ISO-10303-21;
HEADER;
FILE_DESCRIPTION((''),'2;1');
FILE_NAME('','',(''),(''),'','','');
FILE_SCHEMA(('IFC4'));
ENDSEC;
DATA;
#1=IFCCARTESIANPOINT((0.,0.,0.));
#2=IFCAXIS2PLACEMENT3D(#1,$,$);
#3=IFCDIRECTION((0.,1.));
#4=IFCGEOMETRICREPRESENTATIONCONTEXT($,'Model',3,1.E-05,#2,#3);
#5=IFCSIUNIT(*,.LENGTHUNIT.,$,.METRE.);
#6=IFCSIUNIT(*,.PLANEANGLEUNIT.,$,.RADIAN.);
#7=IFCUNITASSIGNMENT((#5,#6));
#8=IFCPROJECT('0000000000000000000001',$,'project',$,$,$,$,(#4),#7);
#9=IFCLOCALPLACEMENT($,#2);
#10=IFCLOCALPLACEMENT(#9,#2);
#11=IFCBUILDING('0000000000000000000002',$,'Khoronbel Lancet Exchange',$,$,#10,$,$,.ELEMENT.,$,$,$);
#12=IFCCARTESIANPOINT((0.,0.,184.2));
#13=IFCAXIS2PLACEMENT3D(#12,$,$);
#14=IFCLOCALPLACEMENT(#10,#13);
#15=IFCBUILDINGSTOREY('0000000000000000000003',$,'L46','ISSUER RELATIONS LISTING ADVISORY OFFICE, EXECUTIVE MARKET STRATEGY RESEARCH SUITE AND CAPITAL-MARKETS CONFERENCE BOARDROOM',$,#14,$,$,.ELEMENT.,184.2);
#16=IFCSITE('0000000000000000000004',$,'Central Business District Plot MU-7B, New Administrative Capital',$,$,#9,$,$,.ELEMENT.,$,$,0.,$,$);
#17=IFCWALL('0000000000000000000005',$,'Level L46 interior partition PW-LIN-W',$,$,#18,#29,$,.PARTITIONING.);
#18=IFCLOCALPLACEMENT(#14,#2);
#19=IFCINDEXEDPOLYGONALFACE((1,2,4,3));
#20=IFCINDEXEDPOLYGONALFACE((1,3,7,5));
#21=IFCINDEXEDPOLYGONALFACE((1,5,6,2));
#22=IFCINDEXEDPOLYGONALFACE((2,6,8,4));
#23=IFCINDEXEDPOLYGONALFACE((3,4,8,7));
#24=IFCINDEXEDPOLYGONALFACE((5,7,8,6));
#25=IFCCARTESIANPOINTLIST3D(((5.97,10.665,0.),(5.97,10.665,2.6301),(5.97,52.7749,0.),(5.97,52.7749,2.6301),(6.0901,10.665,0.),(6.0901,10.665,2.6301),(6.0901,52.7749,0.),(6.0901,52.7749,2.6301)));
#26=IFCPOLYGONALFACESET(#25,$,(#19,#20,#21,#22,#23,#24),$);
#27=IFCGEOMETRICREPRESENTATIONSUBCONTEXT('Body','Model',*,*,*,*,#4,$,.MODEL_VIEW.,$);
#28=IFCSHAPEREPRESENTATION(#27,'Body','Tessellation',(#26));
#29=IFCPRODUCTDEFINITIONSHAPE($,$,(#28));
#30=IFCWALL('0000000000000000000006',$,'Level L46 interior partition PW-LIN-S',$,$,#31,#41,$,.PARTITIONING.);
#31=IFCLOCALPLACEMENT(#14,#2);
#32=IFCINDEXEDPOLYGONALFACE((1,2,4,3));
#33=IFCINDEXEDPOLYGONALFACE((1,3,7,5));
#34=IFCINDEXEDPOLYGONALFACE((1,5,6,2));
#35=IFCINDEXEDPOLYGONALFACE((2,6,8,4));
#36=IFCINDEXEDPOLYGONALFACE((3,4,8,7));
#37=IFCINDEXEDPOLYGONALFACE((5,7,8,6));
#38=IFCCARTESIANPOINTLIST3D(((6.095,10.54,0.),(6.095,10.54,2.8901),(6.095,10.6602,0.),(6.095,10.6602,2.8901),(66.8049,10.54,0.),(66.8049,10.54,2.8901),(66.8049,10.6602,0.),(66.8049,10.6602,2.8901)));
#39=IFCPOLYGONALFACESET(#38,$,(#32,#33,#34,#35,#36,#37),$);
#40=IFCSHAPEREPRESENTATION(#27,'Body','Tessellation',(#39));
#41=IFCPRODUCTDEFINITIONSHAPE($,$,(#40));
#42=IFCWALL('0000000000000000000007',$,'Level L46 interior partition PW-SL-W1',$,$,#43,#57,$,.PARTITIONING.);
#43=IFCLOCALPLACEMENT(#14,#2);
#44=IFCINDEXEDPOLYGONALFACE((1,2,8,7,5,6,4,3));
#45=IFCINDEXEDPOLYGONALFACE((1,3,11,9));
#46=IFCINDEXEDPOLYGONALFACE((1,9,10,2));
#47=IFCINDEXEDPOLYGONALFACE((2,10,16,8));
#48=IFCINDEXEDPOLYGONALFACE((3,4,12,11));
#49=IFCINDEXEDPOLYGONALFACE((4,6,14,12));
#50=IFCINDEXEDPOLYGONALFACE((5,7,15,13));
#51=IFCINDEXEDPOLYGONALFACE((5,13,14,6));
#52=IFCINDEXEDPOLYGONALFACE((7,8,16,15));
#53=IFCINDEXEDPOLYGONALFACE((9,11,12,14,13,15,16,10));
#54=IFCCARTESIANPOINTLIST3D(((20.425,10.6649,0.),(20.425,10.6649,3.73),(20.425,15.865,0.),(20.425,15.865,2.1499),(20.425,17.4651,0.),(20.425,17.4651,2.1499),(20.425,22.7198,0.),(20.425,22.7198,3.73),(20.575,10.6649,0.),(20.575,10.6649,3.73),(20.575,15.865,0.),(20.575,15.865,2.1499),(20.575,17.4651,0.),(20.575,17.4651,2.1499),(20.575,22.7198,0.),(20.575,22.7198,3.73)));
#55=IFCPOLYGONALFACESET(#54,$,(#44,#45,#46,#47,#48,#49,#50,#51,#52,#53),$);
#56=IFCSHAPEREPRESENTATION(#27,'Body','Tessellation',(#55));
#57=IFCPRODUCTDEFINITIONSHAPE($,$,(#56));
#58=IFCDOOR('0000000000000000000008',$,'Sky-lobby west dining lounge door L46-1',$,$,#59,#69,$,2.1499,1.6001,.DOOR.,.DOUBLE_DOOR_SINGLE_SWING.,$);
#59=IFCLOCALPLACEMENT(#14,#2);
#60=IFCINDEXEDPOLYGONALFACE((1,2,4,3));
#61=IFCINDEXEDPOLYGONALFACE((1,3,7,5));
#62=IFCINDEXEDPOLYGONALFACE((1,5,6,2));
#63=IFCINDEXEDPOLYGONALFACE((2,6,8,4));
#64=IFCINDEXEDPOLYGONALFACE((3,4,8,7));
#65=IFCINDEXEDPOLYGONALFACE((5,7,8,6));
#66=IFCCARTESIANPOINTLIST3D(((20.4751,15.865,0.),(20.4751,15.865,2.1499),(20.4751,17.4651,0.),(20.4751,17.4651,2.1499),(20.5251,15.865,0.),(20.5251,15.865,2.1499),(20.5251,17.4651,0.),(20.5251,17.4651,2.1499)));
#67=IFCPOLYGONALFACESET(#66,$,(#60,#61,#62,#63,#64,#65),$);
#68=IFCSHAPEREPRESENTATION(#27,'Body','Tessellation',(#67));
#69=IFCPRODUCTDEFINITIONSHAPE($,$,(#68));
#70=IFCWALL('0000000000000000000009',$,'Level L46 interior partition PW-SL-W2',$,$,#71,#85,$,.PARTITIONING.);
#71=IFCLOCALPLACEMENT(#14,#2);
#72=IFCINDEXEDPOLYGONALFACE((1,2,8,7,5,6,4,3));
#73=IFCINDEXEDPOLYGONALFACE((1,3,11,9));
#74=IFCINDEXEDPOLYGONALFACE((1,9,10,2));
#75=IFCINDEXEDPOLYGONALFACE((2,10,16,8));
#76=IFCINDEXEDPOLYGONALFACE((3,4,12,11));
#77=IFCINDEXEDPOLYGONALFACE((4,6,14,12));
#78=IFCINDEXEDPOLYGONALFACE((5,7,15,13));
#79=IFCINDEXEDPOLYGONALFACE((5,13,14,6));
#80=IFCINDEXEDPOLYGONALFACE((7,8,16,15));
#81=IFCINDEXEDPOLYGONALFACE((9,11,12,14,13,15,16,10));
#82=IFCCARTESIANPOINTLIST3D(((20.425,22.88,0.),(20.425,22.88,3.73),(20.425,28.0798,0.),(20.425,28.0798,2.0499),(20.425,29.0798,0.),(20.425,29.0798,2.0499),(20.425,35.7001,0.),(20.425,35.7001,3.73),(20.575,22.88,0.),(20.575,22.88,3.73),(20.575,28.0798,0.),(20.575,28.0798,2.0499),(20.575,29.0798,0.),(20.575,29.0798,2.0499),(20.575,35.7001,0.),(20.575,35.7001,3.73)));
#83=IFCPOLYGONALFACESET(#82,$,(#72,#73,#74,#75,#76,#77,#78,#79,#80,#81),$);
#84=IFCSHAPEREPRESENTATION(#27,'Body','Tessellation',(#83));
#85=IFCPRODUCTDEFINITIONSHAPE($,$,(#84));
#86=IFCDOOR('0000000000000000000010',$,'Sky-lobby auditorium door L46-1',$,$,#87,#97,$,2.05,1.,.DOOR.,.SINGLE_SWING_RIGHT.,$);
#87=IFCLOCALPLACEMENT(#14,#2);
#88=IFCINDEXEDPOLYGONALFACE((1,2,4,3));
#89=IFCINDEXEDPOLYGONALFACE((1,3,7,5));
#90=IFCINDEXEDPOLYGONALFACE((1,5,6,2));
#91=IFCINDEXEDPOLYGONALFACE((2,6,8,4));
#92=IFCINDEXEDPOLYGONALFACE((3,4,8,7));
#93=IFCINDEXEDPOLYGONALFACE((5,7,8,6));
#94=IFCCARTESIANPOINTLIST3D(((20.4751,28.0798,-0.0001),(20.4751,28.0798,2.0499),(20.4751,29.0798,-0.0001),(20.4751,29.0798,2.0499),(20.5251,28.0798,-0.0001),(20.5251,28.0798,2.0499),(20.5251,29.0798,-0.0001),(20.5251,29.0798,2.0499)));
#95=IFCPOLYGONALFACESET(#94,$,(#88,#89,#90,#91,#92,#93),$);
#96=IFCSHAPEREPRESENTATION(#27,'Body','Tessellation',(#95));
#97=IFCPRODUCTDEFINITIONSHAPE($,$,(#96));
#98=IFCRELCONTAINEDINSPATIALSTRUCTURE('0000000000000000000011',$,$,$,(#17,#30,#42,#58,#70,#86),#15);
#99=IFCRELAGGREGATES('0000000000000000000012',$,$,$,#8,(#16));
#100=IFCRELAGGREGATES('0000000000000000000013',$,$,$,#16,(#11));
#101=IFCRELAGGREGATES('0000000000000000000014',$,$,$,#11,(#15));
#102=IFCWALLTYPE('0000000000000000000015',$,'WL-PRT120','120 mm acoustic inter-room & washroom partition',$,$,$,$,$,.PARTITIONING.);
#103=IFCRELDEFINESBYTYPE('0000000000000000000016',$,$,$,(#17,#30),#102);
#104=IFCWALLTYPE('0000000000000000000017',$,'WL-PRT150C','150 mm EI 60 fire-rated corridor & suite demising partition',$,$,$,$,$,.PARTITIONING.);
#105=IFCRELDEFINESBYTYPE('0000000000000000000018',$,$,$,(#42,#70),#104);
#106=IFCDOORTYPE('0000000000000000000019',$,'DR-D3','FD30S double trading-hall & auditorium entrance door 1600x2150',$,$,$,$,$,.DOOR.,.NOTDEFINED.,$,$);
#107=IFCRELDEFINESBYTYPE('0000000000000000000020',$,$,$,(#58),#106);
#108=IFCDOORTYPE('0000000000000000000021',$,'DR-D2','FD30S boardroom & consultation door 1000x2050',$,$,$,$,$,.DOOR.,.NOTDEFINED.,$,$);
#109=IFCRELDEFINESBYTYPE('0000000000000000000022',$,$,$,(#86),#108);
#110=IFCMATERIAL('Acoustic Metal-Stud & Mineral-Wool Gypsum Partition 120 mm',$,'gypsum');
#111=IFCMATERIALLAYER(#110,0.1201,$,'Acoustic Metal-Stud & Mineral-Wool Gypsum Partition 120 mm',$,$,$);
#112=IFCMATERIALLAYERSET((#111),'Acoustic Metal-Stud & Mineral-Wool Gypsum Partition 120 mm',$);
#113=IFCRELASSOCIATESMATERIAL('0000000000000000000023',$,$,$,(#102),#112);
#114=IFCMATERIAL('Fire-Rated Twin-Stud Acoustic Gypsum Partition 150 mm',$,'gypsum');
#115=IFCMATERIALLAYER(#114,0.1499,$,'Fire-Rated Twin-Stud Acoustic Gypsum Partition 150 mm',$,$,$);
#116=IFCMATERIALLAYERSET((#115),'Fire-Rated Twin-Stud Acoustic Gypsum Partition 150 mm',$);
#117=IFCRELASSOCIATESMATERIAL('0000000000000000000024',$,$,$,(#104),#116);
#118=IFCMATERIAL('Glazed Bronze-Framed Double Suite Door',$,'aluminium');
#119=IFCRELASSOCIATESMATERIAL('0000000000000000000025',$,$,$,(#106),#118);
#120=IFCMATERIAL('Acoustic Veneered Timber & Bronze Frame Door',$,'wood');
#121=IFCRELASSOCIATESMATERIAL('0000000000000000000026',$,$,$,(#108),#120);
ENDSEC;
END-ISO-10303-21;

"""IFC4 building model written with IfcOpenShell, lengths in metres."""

from ifc_helpers import new_model, si_unit, direction, frame, frame_2d, origin, place, context, subcontext, project, spatial, rectangle, extrude, material, layer, layer_set, type_object, element, fill, save


model = new_model("IFC4")

# Units and contexts
model_context = context("Model", 3, precision=1e-05, world=origin(), true_north=direction((0.0, 1.0)))
body_context = subcontext(model_context, "Body", "Model", "MODEL_VIEW")
ifc_project = project(units=[si_unit("LENGTHUNIT", "METRE"), si_unit("PLANEANGLEUNIT", "RADIAN")], contexts=[model_context])

# Site, building, storey
site_placement = place(None, origin())
site = spatial("IfcSite", under=ifc_project, at=site_placement, Name="Central Business District Plot MU-7B, New Administrative Capital", CompositionType="ELEMENT", RefElevation=0.0)
building_placement = place(site_placement, origin())
building = spatial("IfcBuilding", under=site, at=building_placement, Name="Khoronbel Lancet Exchange", CompositionType="ELEMENT")
storey_placement = place(building_placement, frame((0.0, 0.0, 184.2)))
storey = spatial("IfcBuildingStorey", under=building, at=storey_placement, Name="L46", Description="ISSUER RELATIONS LISTING ADVISORY OFFICE, EXECUTIVE MARKET STRATEGY RESEARCH SUITE AND CAPITAL-MARKETS CONFERENCE BOARDROOM", CompositionType="ELEMENT", Elevation=184.2)

# Walls
ifc_material_1 = material(Name="Acoustic Metal-Stud & Mineral-Wool Gypsum Partition 120 mm", Category="gypsum")
ifc_layer_1 = layer(ifc_material_1, 0.1201, Name="Acoustic Metal-Stud & Mineral-Wool Gypsum Partition 120 mm")
ifc_layer_set_1 = layer_set([ifc_layer_1], Name="Acoustic Metal-Stud & Mineral-Wool Gypsum Partition 120 mm")
wall_type_1 = type_object("IfcWallType", Name="WL-PRT120", Description="120 mm acoustic inter-room & washroom partition", PredefinedType="PARTITIONING", material=ifc_layer_set_1)
wall_1_placement = place(storey_placement, frame((6.03, 10.665, 0.0), z_axis=(0.0, 0.0, 1.0), x_axis=(0.0, 1.0, 0.0)))
element("IfcWall", 1, at=wall_1_placement, inside=storey, type_object=wall_type_1, Name="Level L46 interior partition PW-LIN-W", PredefinedType="PARTITIONING", context=body_context, shape_type="SweptSolid", body=[
    extrude(rectangle(XDim=42.1099, YDim=0.1201, at=frame_2d((21.0549, 0.0))), origin(), (0.0, 0.0, 1.0), 2.6301),
])
wall_2_placement = place(storey_placement, frame((6.095, 10.6001, 0.0), z_axis=(0.0, 0.0, 1.0), x_axis=(1.0, 0.0, 0.0)))
element("IfcWall", 2, at=wall_2_placement, inside=storey, type_object=wall_type_1, Name="Level L46 interior partition PW-LIN-S", PredefinedType="PARTITIONING", context=body_context, shape_type="SweptSolid", body=[
    extrude(rectangle(XDim=60.71, YDim=0.1201, at=frame_2d((30.355, 0.0))), origin(), (0.0, 0.0, 1.0), 2.8901),
])

# Walls, openings, doors
ifc_material_2 = material(Name="Fire-Rated Twin-Stud Acoustic Gypsum Partition 150 mm", Category="gypsum")
ifc_layer_2 = layer(ifc_material_2, 0.1499, Name="Fire-Rated Twin-Stud Acoustic Gypsum Partition 150 mm")
ifc_layer_set_2 = layer_set([ifc_layer_2], Name="Fire-Rated Twin-Stud Acoustic Gypsum Partition 150 mm")
wall_type_2 = type_object("IfcWallType", Name="WL-PRT150C", Description="150 mm EI 60 fire-rated corridor & suite demising partition", PredefinedType="PARTITIONING", material=ifc_layer_set_2)
wall_3_placement = place(storey_placement, frame((20.5, 10.665, 0.0), z_axis=(0.0, 0.0, 1.0), x_axis=(0.0, 1.0, 0.0)))
wall_3 = element("IfcWall", 3, at=wall_3_placement, inside=storey, type_object=wall_type_2, Name="Level L46 interior partition PW-SL-W1", PredefinedType="PARTITIONING", context=body_context, shape_type="SweptSolid", body=[
    extrude(rectangle(XDim=12.0549, YDim=0.1499, at=frame_2d((6.0273, 0.0))), origin(), (0.0, 0.0, 1.0), 3.73),
])
opening_1_placement = place(wall_3_placement, frame((5.2, 0.0, 0.0)))
opening_1 = element("IfcOpeningElement", 4, at=opening_1_placement, cuts=wall_3, PredefinedType="OPENING", context=body_context, shape_type="SweptSolid", body=[
    extrude(rectangle(XDim=1.6001, YDim=2.1499, at=frame_2d((0.8, 1.075))), frame((0.0, 0.085, 0.0), z_axis=(0.0, -1.0, 0.0), x_axis=(1.0, 0.0, 0.0)), (0.0, 0.0, 1.0), 0.1699),
])
ifc_material_3 = material(Name="Glazed Bronze-Framed Double Suite Door", Category="aluminium")
door_type_1 = type_object("IfcDoorType", Name="DR-D3", Description="FD30S double trading-hall & auditorium entrance door 1600x2150", OperationType="NOTDEFINED", PredefinedType="DOOR", material=ifc_material_3)
door_1_placement = place(opening_1_placement, origin())
door_1 = element("IfcDoor", 5, at=door_1_placement, inside=storey, type_object=door_type_1, Name="Sky-lobby west dining lounge door L46-1", OperationType="DOUBLE_DOOR_SINGLE_SWING", OverallHeight=2.1499, OverallWidth=1.6001, PredefinedType="DOOR", context=body_context, shape_type="SweptSolid", body=[
    extrude(rectangle(XDim=1.6001, YDim=2.1499, at=frame_2d((0.8, 1.075))), frame((0.0, 0.0249, 0.0), z_axis=(0.0, -1.0, 0.0), x_axis=(1.0, 0.0, 0.0)), (0.0, 0.0, 1.0), 0.05),
])
fill(opening_1, door_1)
wall_4_placement = place(storey_placement, frame((20.5, 22.8799, 0.0), z_axis=(0.0, 0.0, 1.0), x_axis=(0.0, 1.0, 0.0)))
wall_4 = element("IfcWall", 6, at=wall_4_placement, inside=storey, type_object=wall_type_2, Name="Level L46 interior partition PW-SL-W2", PredefinedType="PARTITIONING", context=body_context, shape_type="SweptSolid", body=[
    extrude(rectangle(XDim=12.8201, YDim=0.1499, at=frame_2d((6.4102, 0.0))), origin(), (0.0, 0.0, 1.0), 3.73),
])
opening_2_placement = place(wall_4_placement, frame((5.2, 0.0, 0.0)))
opening_2 = element("IfcOpeningElement", 7, at=opening_2_placement, cuts=wall_4, PredefinedType="OPENING", context=body_context, shape_type="SweptSolid", body=[
    extrude(rectangle(XDim=1.0, YDim=2.05, at=frame_2d((0.5, 1.0249))), frame((0.0, 0.085, 0.0), z_axis=(0.0, -1.0, 0.0), x_axis=(1.0, 0.0, 0.0)), (0.0, 0.0, 1.0), 0.1699),
])
ifc_material_4 = material(Name="Acoustic Veneered Timber & Bronze Frame Door", Category="wood")
door_type_2 = type_object("IfcDoorType", Name="DR-D2", Description="FD30S boardroom & consultation door 1000x2050", OperationType="NOTDEFINED", PredefinedType="DOOR", material=ifc_material_4)
door_2_placement = place(opening_2_placement, origin())
door_2 = element("IfcDoor", 8, at=door_2_placement, inside=storey, type_object=door_type_2, Name="Sky-lobby auditorium door L46-1", OperationType="SINGLE_SWING_RIGHT", OverallHeight=2.05, OverallWidth=1.0, PredefinedType="DOOR", context=body_context, shape_type="SweptSolid", body=[
    extrude(rectangle(XDim=1.0, YDim=2.05, at=frame_2d((0.5, 1.0249))), frame((0.0, 0.0249, 0.0), z_axis=(0.0, -1.0, 0.0), x_axis=(1.0, 0.0, 0.0)), (0.0, 0.0, 1.0), 0.05),
])
fill(opening_2, door_2)

save(model, "model.ifc")
